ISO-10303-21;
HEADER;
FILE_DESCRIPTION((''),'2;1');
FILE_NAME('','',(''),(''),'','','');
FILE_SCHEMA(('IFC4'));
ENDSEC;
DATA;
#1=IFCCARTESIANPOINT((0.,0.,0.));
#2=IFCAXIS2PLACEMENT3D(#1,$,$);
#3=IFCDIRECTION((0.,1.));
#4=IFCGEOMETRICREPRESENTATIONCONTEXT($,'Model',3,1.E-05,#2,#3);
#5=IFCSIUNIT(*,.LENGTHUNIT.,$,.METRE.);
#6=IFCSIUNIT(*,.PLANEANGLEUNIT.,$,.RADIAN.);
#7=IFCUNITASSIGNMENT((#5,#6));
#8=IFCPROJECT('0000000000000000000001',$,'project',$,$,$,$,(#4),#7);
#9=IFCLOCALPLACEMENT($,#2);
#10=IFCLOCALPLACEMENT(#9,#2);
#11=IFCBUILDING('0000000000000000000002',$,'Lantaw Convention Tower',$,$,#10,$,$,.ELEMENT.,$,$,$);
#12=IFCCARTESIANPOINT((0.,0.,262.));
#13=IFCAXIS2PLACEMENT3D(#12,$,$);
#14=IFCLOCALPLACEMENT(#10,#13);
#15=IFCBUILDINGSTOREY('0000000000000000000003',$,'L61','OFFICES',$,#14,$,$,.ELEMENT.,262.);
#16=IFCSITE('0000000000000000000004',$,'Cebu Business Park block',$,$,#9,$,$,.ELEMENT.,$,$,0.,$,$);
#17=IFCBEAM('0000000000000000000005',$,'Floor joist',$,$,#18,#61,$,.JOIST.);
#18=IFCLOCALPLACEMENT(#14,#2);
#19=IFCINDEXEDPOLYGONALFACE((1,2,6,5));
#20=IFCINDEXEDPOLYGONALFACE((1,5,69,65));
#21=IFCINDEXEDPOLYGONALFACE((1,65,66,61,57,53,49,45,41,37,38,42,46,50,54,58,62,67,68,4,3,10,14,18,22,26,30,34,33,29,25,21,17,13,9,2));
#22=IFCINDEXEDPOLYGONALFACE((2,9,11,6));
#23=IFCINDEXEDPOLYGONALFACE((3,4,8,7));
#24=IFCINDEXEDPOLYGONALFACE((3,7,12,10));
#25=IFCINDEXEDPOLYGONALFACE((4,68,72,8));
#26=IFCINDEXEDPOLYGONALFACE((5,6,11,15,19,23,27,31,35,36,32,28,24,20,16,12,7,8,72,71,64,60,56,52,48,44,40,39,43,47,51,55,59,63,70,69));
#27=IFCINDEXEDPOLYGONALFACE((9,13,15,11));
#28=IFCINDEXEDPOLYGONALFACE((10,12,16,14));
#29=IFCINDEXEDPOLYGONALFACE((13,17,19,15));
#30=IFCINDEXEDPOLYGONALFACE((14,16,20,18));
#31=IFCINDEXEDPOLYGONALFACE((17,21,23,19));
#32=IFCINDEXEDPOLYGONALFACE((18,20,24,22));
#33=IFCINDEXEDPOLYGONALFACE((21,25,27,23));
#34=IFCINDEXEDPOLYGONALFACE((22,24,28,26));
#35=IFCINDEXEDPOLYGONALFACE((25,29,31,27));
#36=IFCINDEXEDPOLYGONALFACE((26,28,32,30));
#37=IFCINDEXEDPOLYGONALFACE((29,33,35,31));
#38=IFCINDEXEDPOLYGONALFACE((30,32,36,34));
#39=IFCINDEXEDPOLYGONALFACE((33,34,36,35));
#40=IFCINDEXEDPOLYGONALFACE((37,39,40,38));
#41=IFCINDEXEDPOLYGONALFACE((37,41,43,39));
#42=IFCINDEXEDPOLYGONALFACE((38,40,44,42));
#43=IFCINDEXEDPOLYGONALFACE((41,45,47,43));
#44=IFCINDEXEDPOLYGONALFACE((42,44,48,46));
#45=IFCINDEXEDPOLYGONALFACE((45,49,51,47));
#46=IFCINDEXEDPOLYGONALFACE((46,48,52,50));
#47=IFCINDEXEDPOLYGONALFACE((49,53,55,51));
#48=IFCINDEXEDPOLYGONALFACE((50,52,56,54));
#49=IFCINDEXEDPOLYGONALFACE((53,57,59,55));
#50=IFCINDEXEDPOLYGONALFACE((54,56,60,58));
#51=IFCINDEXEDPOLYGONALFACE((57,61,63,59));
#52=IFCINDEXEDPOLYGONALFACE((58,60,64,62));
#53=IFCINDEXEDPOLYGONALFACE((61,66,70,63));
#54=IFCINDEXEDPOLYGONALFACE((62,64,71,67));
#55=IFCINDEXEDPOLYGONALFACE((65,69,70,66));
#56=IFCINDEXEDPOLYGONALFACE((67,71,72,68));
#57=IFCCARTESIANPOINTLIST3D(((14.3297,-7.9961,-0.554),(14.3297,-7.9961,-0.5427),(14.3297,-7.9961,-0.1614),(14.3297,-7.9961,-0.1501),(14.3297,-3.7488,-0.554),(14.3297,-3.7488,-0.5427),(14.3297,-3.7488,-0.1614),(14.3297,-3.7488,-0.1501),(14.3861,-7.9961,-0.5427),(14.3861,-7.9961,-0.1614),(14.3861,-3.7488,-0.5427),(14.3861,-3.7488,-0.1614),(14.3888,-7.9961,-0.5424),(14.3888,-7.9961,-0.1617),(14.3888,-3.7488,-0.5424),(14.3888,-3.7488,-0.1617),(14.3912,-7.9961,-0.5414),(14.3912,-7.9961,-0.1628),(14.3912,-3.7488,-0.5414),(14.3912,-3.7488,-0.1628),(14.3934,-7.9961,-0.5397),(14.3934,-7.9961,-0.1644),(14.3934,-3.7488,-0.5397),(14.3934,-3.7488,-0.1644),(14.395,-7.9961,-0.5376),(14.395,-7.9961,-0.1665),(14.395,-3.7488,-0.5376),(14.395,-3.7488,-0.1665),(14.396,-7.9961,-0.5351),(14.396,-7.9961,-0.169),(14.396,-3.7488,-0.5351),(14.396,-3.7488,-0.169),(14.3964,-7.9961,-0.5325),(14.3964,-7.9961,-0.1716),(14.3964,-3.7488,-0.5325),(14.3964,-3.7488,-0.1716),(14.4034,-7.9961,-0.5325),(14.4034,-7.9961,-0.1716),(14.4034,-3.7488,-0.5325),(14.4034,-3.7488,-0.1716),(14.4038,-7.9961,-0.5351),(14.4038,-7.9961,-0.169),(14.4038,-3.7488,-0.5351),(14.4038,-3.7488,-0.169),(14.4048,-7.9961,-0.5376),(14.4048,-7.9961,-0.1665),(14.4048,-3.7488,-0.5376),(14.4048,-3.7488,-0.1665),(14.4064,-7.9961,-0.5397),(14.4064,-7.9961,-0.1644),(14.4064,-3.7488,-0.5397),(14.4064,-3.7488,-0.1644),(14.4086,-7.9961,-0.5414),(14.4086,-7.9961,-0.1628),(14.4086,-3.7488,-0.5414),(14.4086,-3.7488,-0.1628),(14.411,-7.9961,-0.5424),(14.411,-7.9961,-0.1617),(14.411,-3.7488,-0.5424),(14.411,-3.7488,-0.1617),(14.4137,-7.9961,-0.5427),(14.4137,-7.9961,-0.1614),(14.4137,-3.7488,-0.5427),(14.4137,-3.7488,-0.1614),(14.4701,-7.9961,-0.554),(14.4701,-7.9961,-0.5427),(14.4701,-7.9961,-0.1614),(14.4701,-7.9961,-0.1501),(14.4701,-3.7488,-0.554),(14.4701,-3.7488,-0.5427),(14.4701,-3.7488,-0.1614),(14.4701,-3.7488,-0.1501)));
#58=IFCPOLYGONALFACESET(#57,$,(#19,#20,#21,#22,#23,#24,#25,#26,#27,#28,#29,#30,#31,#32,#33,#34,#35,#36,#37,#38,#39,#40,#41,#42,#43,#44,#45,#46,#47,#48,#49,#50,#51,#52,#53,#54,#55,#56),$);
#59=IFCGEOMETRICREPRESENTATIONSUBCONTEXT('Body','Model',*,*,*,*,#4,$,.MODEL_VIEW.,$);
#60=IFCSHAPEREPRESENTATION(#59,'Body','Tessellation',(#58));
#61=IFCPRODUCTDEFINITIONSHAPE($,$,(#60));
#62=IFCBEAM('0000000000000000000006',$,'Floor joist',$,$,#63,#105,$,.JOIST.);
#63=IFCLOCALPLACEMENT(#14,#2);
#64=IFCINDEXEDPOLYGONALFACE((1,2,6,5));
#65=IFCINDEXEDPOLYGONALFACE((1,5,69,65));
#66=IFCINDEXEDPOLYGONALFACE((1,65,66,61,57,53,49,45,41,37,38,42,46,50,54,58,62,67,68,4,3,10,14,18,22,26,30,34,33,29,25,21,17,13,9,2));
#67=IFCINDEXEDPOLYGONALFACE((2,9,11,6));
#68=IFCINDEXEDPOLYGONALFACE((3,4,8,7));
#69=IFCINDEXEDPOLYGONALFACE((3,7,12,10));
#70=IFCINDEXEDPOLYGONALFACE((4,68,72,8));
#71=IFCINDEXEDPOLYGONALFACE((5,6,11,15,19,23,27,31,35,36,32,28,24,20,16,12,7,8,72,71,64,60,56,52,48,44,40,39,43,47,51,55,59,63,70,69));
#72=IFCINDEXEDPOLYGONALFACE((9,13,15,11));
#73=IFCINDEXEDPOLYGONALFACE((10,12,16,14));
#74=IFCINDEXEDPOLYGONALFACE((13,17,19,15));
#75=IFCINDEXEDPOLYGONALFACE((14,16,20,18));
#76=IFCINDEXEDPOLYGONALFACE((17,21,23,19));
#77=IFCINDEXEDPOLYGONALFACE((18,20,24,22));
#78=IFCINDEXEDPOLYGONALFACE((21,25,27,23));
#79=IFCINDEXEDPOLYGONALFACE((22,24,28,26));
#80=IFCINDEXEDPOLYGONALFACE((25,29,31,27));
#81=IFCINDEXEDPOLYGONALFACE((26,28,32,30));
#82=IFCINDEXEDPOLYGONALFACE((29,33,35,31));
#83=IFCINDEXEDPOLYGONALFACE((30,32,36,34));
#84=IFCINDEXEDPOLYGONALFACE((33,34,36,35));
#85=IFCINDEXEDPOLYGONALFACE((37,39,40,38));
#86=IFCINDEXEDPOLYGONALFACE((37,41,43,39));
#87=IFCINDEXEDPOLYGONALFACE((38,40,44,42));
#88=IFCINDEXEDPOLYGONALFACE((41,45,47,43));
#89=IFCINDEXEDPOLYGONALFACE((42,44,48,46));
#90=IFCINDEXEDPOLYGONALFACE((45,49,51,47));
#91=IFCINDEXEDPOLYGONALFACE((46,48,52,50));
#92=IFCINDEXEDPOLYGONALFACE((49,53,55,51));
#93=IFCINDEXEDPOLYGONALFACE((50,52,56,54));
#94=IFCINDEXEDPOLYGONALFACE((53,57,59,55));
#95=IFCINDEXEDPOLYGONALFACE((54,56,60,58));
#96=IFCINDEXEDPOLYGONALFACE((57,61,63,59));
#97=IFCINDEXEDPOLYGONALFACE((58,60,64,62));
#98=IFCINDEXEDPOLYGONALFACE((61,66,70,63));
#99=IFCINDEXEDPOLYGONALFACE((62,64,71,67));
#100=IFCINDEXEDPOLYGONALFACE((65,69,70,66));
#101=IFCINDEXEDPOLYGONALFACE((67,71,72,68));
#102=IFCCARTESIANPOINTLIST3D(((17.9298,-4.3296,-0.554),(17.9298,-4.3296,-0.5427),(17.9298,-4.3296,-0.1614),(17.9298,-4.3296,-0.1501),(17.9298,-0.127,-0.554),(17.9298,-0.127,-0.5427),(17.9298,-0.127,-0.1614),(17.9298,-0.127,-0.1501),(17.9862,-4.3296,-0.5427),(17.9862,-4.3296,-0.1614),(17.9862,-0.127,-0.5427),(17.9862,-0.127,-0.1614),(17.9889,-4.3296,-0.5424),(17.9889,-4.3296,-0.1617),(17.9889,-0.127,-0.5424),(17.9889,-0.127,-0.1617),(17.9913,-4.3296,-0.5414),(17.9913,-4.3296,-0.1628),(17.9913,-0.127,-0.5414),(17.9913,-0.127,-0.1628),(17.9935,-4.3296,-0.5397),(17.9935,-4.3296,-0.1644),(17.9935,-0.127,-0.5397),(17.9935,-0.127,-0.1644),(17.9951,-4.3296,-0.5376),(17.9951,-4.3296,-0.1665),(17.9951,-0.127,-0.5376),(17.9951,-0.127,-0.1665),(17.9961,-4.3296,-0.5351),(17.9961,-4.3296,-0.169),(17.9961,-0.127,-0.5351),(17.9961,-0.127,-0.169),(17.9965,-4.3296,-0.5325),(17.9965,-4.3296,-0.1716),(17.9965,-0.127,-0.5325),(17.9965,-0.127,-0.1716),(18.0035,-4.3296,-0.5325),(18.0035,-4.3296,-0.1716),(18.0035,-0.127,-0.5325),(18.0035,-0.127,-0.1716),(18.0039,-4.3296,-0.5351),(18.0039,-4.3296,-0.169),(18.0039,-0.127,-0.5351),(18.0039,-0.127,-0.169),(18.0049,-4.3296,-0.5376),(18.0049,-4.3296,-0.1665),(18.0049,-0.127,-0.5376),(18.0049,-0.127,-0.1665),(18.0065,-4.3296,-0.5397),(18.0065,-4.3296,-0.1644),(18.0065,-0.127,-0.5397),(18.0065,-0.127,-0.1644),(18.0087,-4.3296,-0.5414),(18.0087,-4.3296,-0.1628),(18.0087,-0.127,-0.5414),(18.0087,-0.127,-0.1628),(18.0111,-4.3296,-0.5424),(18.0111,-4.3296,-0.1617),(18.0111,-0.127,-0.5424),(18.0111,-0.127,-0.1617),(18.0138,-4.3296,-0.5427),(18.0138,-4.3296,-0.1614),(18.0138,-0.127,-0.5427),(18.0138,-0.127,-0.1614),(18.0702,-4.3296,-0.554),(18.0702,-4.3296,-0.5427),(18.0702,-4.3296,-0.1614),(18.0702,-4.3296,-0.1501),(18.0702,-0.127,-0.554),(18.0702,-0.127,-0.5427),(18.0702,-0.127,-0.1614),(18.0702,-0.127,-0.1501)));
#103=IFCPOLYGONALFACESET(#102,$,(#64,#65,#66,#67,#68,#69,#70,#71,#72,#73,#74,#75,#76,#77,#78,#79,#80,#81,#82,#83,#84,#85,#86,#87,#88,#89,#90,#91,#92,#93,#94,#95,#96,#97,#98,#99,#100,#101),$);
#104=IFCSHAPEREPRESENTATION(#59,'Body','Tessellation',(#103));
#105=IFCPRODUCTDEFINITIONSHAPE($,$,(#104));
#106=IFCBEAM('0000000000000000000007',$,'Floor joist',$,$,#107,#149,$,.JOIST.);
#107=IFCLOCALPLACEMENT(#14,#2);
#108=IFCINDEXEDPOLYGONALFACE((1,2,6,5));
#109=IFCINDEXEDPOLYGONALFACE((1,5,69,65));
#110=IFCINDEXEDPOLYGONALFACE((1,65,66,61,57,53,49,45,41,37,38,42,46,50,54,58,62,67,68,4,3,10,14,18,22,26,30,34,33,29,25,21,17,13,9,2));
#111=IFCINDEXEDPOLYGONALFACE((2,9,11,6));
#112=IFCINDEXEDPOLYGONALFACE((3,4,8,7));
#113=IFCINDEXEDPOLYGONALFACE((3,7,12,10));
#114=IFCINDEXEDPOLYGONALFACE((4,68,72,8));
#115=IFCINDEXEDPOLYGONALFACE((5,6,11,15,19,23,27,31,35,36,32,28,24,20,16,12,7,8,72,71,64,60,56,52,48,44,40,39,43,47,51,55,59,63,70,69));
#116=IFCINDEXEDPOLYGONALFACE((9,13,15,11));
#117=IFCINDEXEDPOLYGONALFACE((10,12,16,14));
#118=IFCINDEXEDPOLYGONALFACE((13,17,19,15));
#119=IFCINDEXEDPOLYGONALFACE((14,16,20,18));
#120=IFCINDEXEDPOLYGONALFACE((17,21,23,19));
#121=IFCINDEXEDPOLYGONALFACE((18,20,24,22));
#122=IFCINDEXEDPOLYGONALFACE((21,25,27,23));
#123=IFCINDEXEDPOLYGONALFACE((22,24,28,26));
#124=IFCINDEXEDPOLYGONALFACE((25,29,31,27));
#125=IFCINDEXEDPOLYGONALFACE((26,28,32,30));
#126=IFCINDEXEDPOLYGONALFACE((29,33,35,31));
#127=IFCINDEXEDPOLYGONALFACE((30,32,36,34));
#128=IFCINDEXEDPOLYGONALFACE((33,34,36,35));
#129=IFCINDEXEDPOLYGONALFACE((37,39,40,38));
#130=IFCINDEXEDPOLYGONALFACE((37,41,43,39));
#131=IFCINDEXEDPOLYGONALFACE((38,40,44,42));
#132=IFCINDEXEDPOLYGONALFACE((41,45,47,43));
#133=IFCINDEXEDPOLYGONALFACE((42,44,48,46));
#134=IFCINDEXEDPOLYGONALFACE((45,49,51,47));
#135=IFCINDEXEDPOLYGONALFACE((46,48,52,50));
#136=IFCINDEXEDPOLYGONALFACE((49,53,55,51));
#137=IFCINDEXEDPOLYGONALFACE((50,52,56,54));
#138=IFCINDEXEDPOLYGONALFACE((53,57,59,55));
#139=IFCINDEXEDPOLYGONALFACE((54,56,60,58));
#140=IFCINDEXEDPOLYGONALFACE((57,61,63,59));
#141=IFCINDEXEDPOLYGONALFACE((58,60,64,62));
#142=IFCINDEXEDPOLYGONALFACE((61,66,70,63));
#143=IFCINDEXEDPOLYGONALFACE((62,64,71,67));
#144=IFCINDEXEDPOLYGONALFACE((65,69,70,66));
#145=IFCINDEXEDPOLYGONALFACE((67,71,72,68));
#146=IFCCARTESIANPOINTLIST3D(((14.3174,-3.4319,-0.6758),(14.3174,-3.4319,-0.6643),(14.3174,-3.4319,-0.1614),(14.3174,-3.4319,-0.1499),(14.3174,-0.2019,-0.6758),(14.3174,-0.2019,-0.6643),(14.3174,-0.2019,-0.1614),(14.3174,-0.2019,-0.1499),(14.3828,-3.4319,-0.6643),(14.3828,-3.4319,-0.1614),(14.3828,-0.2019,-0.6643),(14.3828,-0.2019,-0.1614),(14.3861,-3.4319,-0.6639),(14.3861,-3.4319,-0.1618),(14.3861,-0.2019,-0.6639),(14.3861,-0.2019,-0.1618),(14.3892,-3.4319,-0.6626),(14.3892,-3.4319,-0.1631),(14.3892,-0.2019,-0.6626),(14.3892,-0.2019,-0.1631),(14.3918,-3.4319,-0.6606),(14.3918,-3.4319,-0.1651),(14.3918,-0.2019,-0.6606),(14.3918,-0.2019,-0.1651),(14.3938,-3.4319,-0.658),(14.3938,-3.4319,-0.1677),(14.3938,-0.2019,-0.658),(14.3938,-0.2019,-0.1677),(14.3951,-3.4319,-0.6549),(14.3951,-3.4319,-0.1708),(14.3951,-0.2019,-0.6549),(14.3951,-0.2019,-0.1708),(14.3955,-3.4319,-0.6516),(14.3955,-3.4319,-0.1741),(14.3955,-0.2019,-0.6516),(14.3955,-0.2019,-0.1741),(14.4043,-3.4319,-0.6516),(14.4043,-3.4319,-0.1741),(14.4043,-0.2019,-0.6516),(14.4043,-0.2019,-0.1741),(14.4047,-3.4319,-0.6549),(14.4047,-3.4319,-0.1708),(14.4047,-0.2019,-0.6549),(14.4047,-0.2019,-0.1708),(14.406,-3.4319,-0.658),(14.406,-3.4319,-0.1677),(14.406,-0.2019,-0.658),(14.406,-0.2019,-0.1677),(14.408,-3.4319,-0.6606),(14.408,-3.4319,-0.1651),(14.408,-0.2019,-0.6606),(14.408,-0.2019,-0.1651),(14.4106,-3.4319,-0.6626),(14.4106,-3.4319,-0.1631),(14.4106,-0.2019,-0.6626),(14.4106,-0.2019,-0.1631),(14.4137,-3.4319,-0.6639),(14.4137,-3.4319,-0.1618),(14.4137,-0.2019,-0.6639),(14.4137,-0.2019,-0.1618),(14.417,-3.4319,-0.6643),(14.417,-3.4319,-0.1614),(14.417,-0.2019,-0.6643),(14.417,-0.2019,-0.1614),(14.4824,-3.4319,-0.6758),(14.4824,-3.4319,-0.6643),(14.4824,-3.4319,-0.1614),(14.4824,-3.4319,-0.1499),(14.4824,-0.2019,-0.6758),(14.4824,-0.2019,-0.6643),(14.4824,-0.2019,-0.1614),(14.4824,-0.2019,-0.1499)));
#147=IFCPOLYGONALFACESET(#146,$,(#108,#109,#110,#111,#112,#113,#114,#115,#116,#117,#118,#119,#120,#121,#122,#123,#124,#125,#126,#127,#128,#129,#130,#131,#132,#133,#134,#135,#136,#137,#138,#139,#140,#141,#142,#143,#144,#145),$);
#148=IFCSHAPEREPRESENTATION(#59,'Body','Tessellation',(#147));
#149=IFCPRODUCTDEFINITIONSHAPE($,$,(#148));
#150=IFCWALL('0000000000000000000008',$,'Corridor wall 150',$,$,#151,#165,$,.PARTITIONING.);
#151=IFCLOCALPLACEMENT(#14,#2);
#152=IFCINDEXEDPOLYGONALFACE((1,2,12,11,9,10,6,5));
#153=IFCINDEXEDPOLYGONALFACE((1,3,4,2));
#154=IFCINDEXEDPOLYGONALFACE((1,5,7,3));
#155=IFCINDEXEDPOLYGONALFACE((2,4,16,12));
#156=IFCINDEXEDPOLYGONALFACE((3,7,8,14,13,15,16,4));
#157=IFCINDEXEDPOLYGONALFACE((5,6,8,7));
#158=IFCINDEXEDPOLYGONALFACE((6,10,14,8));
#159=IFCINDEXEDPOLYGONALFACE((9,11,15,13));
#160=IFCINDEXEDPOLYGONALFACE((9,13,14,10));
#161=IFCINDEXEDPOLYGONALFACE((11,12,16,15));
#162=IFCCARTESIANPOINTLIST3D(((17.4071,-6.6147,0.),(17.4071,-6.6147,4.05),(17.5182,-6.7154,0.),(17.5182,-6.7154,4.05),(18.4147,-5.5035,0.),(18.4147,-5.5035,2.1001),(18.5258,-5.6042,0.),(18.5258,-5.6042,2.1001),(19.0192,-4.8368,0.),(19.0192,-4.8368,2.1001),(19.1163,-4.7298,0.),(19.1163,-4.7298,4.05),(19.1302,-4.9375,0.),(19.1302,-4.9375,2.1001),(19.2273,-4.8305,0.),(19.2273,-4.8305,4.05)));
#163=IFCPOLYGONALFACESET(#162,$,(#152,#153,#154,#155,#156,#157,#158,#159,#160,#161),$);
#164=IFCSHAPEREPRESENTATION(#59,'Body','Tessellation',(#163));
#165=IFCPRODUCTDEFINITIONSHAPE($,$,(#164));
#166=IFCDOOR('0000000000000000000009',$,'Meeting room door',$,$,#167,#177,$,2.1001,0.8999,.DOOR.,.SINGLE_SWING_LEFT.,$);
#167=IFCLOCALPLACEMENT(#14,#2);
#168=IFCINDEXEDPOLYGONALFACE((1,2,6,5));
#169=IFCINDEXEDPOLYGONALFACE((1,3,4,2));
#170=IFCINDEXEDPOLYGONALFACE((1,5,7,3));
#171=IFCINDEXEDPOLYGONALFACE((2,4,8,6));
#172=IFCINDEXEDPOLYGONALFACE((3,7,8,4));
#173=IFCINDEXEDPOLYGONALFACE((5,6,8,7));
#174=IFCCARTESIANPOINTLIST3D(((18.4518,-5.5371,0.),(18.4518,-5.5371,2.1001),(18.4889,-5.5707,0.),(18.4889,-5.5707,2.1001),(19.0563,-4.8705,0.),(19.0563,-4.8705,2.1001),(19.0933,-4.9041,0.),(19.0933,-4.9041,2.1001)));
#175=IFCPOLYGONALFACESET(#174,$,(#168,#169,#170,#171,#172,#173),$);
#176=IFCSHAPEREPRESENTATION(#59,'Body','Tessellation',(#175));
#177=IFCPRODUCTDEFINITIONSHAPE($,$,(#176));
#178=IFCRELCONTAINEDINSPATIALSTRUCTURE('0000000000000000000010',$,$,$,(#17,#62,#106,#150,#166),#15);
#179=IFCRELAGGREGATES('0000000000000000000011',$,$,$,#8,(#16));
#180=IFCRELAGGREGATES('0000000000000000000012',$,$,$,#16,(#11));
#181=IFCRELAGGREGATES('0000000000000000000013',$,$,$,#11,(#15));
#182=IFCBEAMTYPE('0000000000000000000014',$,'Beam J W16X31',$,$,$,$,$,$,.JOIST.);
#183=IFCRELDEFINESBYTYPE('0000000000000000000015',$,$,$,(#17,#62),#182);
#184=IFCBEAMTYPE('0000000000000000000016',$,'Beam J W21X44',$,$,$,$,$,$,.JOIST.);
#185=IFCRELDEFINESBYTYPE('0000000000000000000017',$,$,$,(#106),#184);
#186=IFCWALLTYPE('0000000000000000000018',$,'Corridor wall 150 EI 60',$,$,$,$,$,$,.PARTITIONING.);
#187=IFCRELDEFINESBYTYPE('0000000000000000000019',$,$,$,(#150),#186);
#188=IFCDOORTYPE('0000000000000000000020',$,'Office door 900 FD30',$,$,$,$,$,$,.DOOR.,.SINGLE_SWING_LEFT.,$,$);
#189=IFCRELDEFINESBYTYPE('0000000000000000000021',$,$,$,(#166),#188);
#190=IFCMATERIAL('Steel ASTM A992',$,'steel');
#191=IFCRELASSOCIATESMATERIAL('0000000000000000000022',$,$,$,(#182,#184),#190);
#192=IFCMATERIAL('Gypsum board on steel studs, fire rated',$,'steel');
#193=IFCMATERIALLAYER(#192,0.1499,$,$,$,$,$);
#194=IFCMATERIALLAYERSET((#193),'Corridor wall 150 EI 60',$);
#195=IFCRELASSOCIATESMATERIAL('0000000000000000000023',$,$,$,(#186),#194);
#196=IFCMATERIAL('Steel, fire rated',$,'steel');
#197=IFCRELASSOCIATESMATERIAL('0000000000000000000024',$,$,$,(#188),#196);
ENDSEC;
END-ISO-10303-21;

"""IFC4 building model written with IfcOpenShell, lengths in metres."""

from ifc_helpers import new_model, si_unit, direction, frame, frame_2d, origin, origin_2d, place, context, subcontext, project, spatial, rectangle, i_section, extrude, material, layer, layer_set, material_profile, profile_set, type_object, element, fill, save


model = new_model("IFC4")

# Units and contexts
model_context = context("Model", 3, precision=1e-05, world=origin(), true_north=direction((0.0, 1.0)))
body_context = subcontext(model_context, "Body", "Model", "MODEL_VIEW")
ifc_project = project(units=[si_unit("LENGTHUNIT", "METRE"), si_unit("PLANEANGLEUNIT", "RADIAN")], contexts=[model_context])

# Site, building, storey
site_placement = place(None, origin())
site = spatial("IfcSite", under=ifc_project, at=site_placement, Name="Cebu Business Park block", CompositionType="ELEMENT", RefElevation=0.0)
building_placement = place(site_placement, origin())
building = spatial("IfcBuilding", under=site, at=building_placement, Name="Lantaw Convention Tower", CompositionType="ELEMENT")
storey_placement = place(building_placement, frame((0.0, 0.0, 262.0)))
storey = spatial("IfcBuildingStorey", under=building, at=storey_placement, Name="L61", Description="OFFICES", CompositionType="ELEMENT", Elevation=262.0)

# Beams
ifc_material_1 = material(Name="Steel ASTM A992", Category="steel")
ifc_material_profile_1 = material_profile(ifc_material_1, i_section(OverallWidth=0.1404, OverallDepth=0.4038, WebThickness=0.0071, FlangeThickness=0.0112, FilletRadius=0.0103, at=origin_2d()), Name="W16X31")
ifc_profile_set_1 = profile_set([ifc_material_profile_1], Name="Steel ASTM A992")
beam_type_1 = type_object("IfcBeamType", Name="Beam J W16X31", PredefinedType="JOIST", material=ifc_profile_set_1)
beam_1_placement = place(storey_placement, frame((14.3999, -7.9961, -0.3521), z_axis=(0.0, 1.0, 0.0), x_axis=(-1.0, 0.0, 0.0)))
element("IfcBeam", 1, at=beam_1_placement, inside=storey, type_object=beam_type_1, Name="Floor joist", PredefinedType="JOIST", context=body_context, shape_type="SweptSolid", body=[
    extrude(i_section(OverallWidth=0.1404, OverallDepth=0.4038, WebThickness=0.0071, FlangeThickness=0.0112, FilletRadius=0.0103, at=origin_2d()), origin(), (0.0, 0.0, 1.0), 4.2473),
])
beam_2_placement = place(storey_placement, frame((18.0, -4.3296, -0.3521), z_axis=(0.0, 1.0, 0.0), x_axis=(-1.0, 0.0, 0.0)))
element("IfcBeam", 2, at=beam_2_placement, inside=storey, type_object=beam_type_1, Name="Floor joist", PredefinedType="JOIST", context=body_context, shape_type="SweptSolid", body=[
    extrude(i_section(OverallWidth=0.1404, OverallDepth=0.4038, WebThickness=0.0071, FlangeThickness=0.0112, FilletRadius=0.0103, at=origin_2d()), origin(), (0.0, 0.0, 1.0), 4.2026),
])
ifc_material_profile_2 = material_profile(ifc_material_1, i_section(OverallWidth=0.165, OverallDepth=0.5259, WebThickness=0.0088, FlangeThickness=0.0115, FilletRadius=0.0127, at=origin_2d()), Name="W21X44")
ifc_profile_set_2 = profile_set([ifc_material_profile_2], Name="Steel ASTM A992")
beam_type_2 = type_object("IfcBeamType", Name="Beam J W21X44", PredefinedType="JOIST", material=ifc_profile_set_2)
beam_3_placement = place(storey_placement, frame((14.3999, -3.4319, -0.4128), z_axis=(0.0, 1.0, 0.0), x_axis=(-1.0, 0.0, 0.0)))
element("IfcBeam", 3, at=beam_3_placement, inside=storey, type_object=beam_type_2, Name="Floor joist", PredefinedType="JOIST", context=body_context, shape_type="SweptSolid", body=[
    extrude(i_section(OverallWidth=0.165, OverallDepth=0.5259, WebThickness=0.0088, FlangeThickness=0.0115, FilletRadius=0.0127, at=origin_2d()), origin(), (0.0, 0.0, 1.0), 3.23),
])

# Wall, opening, door
ifc_material_2 = material(Name="Gypsum board on steel studs, fire rated", Category="steel")
ifc_layer_1 = layer(ifc_material_2, 0.1499)
ifc_layer_set_1 = layer_set([ifc_layer_1], Name="Corridor wall 150 EI 60")
wall_type_1 = type_object("IfcWallType", Name="Corridor wall 150 EI 60", PredefinedType="PARTITIONING", material=ifc_layer_set_1)
wall_1_placement = place(storey_placement, frame((17.4626, -6.665, 0.0), z_axis=(0.0, 0.0, 1.0), x_axis=(0.671722, 0.740803, 0.0)))
wall_1 = element("IfcWall", 4, at=wall_1_placement, inside=storey, type_object=wall_type_1, Name="Corridor wall 150", PredefinedType="PARTITIONING", context=body_context, shape_type="SweptSolid", body=[
    extrude(rectangle(XDim=2.5444, YDim=0.1499, at=frame_2d((1.2722, 0.0))), origin(), (0.0, 0.0, 1.0), 4.05),
])
opening_1_placement = place(wall_1_placement, frame((1.5, 0.0, 0.0)))
opening_1 = element("IfcOpeningElement", 5, at=opening_1_placement, cuts=wall_1, PredefinedType="OPENING", context=body_context, shape_type="SweptSolid", body=[
    extrude(rectangle(XDim=0.8999, YDim=2.1001, at=frame_2d((0.45, 1.05))), frame((0.0, 0.085, 0.0), z_axis=(0.0, -1.0, 0.0), x_axis=(1.0, 0.0, 0.0)), (0.0, 0.0, 1.0), 0.1699),
])
ifc_material_3 = material(Name="Steel, fire rated", Category="steel")
door_type_1 = type_object("IfcDoorType", Name="Office door 900 FD30", OperationType="SINGLE_SWING_LEFT", PredefinedType="DOOR", material=ifc_material_3)
door_1_placement = place(opening_1_placement, origin())
door_1 = element("IfcDoor", 6, at=door_1_placement, inside=storey, type_object=door_type_1, Name="Meeting room door", OperationType="SINGLE_SWING_LEFT", OverallHeight=2.1001, OverallWidth=0.8999, PredefinedType="DOOR", context=body_context, shape_type="SweptSolid", body=[
    extrude(rectangle(XDim=0.8999, YDim=2.1001, at=frame_2d((0.45, 1.05))), frame((0.0, 0.0249, 0.0), z_axis=(0.0, -1.0, 0.0), x_axis=(1.0, 0.0, 0.0)), (0.0, 0.0, 1.0), 0.05),
])
fill(opening_1, door_1)

save(model, "model.ifc")
